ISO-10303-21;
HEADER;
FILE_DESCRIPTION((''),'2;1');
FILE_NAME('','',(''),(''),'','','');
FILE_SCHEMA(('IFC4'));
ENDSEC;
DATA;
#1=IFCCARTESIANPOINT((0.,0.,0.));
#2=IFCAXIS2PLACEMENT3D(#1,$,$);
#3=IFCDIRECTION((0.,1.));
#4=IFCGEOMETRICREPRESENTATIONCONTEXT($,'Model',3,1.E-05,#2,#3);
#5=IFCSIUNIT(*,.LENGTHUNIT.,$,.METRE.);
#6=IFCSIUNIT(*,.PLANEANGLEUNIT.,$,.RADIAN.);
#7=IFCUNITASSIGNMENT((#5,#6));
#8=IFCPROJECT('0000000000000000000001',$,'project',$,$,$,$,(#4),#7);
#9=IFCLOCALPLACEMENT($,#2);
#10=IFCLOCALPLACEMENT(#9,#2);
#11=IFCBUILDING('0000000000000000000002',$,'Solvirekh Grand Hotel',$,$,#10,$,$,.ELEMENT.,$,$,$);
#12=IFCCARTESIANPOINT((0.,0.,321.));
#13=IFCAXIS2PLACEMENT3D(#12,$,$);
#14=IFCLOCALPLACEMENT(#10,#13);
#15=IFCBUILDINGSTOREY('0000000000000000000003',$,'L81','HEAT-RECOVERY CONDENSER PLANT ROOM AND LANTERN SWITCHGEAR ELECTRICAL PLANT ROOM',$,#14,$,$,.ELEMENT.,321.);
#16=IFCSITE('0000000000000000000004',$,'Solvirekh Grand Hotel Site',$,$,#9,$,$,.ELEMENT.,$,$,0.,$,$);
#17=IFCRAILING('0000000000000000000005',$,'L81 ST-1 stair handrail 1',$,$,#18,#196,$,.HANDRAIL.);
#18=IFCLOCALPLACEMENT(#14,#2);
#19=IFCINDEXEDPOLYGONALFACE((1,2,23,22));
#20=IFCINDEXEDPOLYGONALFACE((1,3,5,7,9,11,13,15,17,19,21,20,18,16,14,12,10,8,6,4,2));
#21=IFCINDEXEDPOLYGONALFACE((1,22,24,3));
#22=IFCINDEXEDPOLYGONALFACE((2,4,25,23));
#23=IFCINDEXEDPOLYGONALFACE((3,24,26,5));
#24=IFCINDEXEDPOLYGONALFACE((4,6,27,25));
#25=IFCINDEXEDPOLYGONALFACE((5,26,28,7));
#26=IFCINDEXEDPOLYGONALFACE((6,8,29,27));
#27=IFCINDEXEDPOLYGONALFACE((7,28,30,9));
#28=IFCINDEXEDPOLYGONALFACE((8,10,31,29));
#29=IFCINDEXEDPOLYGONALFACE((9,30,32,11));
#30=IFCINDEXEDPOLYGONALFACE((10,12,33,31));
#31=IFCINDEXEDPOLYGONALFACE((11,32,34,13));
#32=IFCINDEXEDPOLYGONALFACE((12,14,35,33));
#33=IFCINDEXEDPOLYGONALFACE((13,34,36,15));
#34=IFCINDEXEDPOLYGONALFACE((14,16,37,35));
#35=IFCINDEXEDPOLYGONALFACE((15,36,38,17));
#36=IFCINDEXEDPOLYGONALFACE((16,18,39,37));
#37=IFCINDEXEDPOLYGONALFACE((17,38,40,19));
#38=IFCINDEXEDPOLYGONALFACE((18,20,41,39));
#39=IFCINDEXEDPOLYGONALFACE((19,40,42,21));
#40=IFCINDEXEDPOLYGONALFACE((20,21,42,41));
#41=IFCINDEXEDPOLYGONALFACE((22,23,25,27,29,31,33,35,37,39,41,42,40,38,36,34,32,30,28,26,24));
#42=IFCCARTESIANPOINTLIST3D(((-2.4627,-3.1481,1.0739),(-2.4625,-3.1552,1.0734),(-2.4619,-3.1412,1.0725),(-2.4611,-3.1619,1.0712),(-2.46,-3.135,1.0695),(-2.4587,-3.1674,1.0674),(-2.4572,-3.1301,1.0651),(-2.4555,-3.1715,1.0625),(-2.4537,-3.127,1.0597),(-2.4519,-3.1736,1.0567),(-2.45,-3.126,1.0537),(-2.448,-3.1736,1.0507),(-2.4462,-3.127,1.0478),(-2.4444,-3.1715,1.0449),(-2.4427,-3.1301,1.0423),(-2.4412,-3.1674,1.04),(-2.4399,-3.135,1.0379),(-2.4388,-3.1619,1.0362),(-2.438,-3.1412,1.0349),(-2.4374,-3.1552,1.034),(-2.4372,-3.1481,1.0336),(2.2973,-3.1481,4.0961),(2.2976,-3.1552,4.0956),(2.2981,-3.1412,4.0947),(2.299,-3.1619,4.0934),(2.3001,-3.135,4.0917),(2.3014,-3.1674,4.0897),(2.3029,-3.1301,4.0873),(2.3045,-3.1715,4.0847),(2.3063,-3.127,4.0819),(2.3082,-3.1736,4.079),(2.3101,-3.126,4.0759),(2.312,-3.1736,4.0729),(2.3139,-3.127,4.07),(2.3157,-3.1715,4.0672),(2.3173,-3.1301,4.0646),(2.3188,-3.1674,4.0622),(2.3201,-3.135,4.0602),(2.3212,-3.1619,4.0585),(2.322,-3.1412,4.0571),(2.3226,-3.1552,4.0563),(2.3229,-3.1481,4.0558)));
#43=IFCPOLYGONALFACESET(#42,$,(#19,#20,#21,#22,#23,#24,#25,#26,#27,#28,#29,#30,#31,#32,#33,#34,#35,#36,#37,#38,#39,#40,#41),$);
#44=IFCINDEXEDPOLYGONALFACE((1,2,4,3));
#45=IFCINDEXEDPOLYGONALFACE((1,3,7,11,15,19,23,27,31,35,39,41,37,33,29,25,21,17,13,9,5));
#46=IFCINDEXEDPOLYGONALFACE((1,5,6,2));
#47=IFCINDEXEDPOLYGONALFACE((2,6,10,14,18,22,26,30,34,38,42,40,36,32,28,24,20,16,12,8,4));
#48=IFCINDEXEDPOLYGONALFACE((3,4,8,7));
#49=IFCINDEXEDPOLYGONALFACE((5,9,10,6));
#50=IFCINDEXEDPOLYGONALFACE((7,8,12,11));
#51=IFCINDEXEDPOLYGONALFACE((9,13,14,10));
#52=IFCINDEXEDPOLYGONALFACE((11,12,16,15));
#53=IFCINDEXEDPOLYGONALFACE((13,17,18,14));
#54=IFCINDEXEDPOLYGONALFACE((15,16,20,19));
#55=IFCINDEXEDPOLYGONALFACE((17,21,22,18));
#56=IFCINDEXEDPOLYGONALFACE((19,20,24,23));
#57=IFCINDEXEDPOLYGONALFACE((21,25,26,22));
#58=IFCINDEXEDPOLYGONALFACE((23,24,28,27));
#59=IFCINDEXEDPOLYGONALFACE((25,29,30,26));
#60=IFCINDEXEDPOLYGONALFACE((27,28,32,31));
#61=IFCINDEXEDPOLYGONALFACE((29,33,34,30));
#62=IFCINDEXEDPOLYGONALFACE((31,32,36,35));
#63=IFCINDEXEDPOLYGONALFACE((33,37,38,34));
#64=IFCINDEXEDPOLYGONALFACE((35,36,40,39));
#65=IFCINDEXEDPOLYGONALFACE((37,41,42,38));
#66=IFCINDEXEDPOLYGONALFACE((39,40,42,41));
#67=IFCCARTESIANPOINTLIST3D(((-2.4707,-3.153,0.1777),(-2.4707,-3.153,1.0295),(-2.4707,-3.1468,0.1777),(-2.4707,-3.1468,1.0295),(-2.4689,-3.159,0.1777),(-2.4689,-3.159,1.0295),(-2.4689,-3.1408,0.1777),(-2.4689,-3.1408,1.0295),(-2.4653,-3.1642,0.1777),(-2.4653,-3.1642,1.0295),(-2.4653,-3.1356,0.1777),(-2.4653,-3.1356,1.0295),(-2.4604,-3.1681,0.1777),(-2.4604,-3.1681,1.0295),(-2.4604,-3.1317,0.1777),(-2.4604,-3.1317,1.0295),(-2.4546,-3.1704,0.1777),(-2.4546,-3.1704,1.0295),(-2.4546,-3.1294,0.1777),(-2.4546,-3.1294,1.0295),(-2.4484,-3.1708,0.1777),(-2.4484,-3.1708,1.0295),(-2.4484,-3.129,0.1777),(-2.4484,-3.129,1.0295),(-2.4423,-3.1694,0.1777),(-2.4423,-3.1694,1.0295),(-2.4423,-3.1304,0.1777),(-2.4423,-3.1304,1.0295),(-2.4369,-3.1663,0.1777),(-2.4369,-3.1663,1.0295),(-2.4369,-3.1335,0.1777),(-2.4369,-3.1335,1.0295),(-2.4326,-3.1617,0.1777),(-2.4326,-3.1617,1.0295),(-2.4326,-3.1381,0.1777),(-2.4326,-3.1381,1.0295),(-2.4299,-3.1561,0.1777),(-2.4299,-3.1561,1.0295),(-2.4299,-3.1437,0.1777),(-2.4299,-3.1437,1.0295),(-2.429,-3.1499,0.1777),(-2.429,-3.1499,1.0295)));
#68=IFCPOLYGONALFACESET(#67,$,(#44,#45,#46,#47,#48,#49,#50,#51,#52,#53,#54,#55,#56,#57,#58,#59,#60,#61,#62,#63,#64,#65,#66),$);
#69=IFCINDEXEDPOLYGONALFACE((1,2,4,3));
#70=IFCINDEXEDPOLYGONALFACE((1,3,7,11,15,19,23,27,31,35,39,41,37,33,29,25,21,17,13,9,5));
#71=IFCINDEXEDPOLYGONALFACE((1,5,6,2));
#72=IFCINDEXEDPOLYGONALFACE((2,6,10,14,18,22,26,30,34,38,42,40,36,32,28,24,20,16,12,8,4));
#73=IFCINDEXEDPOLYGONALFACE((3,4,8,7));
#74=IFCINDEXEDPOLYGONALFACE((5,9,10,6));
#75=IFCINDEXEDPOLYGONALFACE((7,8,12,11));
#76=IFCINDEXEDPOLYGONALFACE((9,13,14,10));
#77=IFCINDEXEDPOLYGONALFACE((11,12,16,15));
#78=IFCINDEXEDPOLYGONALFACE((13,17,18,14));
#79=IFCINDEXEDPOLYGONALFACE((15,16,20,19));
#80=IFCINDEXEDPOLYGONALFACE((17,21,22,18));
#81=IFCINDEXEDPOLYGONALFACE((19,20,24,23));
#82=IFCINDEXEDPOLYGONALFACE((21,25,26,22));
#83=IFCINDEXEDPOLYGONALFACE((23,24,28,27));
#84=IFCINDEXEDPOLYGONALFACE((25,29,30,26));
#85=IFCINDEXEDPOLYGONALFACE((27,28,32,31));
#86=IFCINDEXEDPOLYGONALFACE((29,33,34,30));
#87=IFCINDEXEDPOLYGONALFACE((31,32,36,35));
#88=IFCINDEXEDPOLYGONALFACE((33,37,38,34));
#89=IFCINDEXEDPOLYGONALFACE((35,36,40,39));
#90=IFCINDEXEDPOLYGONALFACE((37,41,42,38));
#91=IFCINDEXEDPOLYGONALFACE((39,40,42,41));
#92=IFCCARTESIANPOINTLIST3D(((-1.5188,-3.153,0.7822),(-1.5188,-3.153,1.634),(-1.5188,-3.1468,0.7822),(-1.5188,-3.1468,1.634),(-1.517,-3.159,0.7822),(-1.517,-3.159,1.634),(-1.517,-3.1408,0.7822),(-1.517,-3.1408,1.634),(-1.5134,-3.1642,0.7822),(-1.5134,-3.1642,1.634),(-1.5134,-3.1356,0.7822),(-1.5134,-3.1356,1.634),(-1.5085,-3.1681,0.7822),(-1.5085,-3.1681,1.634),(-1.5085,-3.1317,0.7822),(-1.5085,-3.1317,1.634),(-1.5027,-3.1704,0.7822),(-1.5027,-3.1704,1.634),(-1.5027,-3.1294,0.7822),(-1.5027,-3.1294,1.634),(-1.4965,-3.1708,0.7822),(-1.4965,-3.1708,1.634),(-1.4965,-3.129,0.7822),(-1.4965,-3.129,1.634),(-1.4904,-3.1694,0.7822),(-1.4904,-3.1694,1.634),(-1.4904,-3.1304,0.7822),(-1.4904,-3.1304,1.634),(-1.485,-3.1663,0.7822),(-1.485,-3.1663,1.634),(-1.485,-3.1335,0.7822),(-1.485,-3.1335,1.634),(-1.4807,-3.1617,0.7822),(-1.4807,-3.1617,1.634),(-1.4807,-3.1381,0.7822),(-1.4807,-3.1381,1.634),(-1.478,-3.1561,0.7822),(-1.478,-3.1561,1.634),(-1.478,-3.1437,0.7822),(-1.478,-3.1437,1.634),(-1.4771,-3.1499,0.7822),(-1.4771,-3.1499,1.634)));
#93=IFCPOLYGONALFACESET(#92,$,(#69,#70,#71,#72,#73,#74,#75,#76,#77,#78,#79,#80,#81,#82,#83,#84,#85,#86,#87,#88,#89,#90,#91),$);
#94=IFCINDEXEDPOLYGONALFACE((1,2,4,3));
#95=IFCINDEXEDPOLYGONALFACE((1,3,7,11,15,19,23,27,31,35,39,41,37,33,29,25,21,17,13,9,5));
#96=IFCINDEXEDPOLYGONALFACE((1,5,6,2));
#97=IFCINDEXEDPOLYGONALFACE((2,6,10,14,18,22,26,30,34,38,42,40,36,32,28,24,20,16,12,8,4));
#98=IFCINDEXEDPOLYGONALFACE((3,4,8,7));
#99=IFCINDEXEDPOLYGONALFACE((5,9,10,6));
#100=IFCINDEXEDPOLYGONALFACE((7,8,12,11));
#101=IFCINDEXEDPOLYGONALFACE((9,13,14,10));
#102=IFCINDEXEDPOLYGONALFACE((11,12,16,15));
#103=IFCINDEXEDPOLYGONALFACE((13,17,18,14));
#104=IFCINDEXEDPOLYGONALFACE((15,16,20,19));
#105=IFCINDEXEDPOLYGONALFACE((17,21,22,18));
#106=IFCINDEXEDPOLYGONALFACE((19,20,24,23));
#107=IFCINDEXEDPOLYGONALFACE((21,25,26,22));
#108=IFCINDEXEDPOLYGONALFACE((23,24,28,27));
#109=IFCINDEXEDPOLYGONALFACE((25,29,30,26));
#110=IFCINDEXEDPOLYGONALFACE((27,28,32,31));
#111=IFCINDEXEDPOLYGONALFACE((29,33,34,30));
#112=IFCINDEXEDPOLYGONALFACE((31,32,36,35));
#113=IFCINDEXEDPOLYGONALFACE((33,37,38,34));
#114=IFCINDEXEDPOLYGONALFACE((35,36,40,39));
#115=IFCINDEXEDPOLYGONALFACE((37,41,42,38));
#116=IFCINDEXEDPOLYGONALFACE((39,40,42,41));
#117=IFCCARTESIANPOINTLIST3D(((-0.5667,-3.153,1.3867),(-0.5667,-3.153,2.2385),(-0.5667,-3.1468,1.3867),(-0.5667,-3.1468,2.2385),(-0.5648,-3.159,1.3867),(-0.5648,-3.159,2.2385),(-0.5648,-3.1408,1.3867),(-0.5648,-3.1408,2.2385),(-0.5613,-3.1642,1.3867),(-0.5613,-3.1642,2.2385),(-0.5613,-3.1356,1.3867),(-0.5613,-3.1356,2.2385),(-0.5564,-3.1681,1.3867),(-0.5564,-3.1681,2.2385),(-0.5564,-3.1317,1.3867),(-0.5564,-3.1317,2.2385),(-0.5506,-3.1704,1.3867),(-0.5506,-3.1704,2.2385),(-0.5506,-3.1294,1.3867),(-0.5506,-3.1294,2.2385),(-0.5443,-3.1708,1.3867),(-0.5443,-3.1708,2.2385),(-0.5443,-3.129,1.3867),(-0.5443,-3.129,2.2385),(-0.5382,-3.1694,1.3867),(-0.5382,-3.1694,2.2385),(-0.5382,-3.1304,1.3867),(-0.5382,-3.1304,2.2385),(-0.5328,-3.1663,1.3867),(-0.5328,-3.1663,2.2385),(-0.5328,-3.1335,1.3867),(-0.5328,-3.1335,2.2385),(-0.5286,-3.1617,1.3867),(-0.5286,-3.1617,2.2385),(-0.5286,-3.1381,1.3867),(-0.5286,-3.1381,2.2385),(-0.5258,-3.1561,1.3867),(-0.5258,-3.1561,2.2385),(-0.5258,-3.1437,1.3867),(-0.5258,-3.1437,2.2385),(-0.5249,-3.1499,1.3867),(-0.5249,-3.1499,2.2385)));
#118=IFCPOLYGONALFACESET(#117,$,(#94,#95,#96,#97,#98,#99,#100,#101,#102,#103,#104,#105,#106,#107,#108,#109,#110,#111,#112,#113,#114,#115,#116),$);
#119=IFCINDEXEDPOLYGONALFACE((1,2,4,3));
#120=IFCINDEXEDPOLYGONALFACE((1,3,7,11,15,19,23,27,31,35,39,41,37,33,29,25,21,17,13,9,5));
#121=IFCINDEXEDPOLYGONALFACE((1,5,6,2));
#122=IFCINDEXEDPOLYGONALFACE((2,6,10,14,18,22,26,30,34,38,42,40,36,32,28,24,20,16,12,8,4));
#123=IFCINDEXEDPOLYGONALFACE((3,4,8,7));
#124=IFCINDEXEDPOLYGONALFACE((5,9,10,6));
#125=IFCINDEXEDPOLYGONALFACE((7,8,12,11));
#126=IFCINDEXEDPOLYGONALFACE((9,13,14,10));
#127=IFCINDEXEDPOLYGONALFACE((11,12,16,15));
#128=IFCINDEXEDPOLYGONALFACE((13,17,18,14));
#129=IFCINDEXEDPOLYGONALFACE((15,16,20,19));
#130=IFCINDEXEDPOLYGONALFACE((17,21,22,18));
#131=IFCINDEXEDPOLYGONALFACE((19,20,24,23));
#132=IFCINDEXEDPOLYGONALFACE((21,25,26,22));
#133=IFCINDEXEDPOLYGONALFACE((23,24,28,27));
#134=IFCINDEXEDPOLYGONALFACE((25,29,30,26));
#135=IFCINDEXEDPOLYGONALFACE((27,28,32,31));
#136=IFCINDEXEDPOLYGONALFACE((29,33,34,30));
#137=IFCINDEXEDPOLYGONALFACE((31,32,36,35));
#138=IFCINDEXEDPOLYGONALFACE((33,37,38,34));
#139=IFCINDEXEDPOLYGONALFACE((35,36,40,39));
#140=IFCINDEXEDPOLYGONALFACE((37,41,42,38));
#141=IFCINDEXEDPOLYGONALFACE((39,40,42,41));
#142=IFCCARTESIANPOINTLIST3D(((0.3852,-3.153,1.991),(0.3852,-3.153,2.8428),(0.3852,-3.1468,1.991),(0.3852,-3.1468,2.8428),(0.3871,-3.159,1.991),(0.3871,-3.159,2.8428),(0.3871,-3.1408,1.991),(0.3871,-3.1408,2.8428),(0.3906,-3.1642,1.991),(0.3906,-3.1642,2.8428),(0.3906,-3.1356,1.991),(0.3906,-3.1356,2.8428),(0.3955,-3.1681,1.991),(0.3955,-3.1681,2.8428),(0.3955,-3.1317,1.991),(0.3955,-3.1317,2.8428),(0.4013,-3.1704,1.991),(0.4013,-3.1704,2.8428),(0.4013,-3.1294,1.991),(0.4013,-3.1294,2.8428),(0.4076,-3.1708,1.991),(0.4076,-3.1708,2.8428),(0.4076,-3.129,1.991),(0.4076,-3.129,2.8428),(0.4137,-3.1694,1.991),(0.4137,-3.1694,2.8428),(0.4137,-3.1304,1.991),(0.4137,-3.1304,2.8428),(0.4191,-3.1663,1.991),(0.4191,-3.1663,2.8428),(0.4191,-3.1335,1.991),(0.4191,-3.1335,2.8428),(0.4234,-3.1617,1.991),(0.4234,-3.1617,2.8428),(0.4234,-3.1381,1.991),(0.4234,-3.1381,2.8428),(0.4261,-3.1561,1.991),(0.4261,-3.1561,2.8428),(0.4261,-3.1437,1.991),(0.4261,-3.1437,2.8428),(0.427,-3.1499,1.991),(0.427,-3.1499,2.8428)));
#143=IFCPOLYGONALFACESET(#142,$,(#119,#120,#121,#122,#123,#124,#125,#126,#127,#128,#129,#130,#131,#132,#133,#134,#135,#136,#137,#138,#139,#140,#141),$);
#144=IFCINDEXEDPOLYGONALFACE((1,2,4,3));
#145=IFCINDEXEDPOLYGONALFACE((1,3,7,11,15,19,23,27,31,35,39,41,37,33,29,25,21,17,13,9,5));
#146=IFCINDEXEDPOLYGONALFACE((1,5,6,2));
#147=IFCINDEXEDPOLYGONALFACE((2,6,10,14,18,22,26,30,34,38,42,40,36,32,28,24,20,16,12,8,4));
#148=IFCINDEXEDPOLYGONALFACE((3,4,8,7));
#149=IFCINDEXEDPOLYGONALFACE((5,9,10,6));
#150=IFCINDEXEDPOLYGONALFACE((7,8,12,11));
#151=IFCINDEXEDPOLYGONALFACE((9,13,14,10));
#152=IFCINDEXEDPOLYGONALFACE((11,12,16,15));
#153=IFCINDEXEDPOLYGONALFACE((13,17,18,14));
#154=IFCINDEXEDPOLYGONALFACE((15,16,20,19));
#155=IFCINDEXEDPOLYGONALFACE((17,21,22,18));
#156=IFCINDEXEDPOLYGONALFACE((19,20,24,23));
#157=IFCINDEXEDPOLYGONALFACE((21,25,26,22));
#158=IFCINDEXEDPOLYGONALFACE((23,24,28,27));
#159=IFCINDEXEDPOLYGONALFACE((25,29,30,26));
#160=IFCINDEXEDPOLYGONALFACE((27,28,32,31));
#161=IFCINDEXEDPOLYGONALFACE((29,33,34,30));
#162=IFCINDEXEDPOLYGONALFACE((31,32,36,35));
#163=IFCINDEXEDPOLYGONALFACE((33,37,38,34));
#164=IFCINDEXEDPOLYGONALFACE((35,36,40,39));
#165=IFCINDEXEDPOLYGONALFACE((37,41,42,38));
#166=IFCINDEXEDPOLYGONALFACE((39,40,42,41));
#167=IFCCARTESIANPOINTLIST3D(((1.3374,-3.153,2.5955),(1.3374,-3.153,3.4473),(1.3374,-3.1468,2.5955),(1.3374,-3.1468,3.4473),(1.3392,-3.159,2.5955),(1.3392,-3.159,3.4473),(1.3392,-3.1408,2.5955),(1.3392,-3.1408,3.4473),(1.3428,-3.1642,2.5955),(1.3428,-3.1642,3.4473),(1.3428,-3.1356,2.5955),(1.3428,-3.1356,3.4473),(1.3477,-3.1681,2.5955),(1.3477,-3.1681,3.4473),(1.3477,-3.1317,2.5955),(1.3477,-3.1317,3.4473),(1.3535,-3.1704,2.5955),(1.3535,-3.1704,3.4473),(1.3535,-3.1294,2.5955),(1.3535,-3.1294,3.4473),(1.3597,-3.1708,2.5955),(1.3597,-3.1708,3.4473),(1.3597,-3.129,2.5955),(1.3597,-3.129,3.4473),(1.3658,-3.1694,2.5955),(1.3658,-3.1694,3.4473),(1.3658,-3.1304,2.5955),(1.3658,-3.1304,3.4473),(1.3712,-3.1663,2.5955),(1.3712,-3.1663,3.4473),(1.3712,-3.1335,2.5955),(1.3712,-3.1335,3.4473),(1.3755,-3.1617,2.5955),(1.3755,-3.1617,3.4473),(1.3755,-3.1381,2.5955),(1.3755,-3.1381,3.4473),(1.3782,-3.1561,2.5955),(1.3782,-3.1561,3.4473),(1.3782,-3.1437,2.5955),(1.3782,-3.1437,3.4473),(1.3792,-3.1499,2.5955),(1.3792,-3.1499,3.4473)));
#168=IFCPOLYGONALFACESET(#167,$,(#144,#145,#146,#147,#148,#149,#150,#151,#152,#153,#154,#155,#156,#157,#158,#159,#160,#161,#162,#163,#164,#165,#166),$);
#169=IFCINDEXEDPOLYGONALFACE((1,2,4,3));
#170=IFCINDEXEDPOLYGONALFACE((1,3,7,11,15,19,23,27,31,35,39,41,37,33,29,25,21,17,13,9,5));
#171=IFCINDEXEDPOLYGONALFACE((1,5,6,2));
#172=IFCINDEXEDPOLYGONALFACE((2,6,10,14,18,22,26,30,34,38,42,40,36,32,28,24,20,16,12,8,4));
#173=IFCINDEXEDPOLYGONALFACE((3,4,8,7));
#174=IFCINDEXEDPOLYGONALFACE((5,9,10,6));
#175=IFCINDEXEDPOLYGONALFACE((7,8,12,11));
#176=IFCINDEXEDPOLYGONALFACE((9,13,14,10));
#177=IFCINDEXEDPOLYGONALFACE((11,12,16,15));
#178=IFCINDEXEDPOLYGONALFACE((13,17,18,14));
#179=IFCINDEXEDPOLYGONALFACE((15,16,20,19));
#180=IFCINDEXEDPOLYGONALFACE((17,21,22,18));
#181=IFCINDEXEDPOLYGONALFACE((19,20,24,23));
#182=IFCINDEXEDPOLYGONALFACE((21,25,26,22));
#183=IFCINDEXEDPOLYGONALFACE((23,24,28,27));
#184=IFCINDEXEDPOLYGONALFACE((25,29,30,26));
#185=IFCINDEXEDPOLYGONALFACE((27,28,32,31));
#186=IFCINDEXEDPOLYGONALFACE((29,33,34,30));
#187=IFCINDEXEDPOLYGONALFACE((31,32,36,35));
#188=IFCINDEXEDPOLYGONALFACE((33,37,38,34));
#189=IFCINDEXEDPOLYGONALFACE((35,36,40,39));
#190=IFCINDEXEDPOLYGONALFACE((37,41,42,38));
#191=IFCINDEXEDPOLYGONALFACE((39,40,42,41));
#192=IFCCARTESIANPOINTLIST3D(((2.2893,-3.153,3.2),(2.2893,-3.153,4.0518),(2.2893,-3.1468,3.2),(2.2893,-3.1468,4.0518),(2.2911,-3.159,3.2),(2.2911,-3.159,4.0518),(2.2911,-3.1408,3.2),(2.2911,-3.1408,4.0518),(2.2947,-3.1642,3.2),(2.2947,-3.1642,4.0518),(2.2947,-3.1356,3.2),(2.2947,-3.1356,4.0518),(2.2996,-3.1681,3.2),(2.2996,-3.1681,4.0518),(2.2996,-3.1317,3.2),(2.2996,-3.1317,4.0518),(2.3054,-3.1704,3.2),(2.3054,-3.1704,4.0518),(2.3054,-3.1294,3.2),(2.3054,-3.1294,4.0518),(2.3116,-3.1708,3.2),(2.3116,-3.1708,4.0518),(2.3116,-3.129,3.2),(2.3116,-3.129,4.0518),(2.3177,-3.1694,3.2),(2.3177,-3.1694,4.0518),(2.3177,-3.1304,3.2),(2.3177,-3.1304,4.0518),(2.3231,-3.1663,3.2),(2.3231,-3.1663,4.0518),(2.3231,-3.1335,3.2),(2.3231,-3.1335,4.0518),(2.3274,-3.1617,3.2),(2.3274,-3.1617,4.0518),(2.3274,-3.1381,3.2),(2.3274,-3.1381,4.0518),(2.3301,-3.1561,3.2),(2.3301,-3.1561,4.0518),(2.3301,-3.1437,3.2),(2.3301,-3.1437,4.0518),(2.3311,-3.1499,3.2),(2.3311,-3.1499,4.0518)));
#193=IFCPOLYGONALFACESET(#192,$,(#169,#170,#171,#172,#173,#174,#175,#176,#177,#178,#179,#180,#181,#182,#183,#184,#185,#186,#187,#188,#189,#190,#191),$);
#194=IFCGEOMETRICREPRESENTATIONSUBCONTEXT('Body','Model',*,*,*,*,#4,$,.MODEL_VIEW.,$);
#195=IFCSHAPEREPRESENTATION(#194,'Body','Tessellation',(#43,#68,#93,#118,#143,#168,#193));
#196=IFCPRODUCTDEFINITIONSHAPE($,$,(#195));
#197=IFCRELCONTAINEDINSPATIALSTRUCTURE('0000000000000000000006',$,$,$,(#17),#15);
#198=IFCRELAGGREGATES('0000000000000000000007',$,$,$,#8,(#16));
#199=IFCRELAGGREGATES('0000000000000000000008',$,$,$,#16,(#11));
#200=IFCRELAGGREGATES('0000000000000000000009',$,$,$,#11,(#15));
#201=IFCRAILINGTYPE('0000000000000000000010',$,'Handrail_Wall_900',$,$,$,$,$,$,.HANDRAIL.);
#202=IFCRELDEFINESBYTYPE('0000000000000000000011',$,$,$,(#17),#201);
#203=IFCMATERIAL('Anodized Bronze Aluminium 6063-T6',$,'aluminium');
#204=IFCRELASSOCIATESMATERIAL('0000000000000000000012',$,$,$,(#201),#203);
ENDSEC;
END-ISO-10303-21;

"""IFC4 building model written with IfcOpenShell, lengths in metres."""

from ifc_helpers import new_model, si_unit, direction, frame, origin, origin_2d, place, context, subcontext, project, spatial, circle, extrude, material, type_object, element, save


model = new_model("IFC4")

# Units and contexts
model_context = context("Model", 3, precision=1e-05, world=origin(), true_north=direction((0.0, 1.0)))
body_context = subcontext(model_context, "Body", "Model", "MODEL_VIEW")
ifc_project = project(units=[si_unit("LENGTHUNIT", "METRE"), si_unit("PLANEANGLEUNIT", "RADIAN")], contexts=[model_context])

# Site, building, storey
site_placement = place(None, origin())
site = spatial("IfcSite", under=ifc_project, at=site_placement, Name="Solvirekh Grand Hotel Site", CompositionType="ELEMENT", RefElevation=0.0)
building_placement = place(site_placement, origin())
building = spatial("IfcBuilding", under=site, at=building_placement, Name="Solvirekh Grand Hotel", CompositionType="ELEMENT")
storey_placement = place(building_placement, frame((0.0, 0.0, 321.0)))
storey = spatial("IfcBuildingStorey", under=building, at=storey_placement, Name="L81", Description="HEAT-RECOVERY CONDENSER PLANT ROOM AND LANTERN SWITCHGEAR ELECTRICAL PLANT ROOM", CompositionType="ELEMENT", Elevation=321.0)

# Shared definitions
ifc_material_1 = material(Name="Anodized Bronze Aluminium 6063-T6", Category="aluminium")

# Railing
railing_type_1 = type_object("IfcRailingType", Name="Handrail_Wall_900", PredefinedType="HANDRAIL", material=ifc_material_1)
railing_1_placement = place(storey_placement, frame((-2.45, -3.1499, 0.1777)))
element("IfcRailing", 1, at=railing_1_placement, inside=storey, type_object=railing_type_1, Name="L81 ST-1 stair handrail 1", PredefinedType="HANDRAIL", context=body_context, shape_type="SweptSolid", body=[
    extrude(circle(Radius=0.0239, at=origin_2d()), frame((0.0, 0.0, 0.876), z_axis=(0.844214, 0.0, 0.536007), x_axis=(0.0, 1.0, 0.0)), (0.0, 0.0, 1.0), 5.6384),
    extrude(circle(Radius=0.021, at=origin_2d()), origin(), (0.0, 0.0, 1.0), 0.8518),
    extrude(circle(Radius=0.021, at=origin_2d()), frame((0.9519, 0.0, 0.6045)), (0.0, 0.0, 1.0), 0.8518),
    extrude(circle(Radius=0.021, at=origin_2d()), frame((1.9041, 0.0, 1.209)), (0.0, 0.0, 1.0), 0.8518),
    extrude(circle(Radius=0.021, at=origin_2d()), frame((2.856, 0.0, 1.8132)), (0.0, 0.0, 1.0), 0.8518),
    extrude(circle(Radius=0.021, at=origin_2d()), frame((3.8081, 0.0, 2.4177)), (0.0, 0.0, 1.0), 0.8518),
    extrude(circle(Radius=0.021, at=origin_2d()), frame((4.76, 0.0, 3.0222)), (0.0, 0.0, 1.0), 0.8518),
])

save(model, "model.ifc")
